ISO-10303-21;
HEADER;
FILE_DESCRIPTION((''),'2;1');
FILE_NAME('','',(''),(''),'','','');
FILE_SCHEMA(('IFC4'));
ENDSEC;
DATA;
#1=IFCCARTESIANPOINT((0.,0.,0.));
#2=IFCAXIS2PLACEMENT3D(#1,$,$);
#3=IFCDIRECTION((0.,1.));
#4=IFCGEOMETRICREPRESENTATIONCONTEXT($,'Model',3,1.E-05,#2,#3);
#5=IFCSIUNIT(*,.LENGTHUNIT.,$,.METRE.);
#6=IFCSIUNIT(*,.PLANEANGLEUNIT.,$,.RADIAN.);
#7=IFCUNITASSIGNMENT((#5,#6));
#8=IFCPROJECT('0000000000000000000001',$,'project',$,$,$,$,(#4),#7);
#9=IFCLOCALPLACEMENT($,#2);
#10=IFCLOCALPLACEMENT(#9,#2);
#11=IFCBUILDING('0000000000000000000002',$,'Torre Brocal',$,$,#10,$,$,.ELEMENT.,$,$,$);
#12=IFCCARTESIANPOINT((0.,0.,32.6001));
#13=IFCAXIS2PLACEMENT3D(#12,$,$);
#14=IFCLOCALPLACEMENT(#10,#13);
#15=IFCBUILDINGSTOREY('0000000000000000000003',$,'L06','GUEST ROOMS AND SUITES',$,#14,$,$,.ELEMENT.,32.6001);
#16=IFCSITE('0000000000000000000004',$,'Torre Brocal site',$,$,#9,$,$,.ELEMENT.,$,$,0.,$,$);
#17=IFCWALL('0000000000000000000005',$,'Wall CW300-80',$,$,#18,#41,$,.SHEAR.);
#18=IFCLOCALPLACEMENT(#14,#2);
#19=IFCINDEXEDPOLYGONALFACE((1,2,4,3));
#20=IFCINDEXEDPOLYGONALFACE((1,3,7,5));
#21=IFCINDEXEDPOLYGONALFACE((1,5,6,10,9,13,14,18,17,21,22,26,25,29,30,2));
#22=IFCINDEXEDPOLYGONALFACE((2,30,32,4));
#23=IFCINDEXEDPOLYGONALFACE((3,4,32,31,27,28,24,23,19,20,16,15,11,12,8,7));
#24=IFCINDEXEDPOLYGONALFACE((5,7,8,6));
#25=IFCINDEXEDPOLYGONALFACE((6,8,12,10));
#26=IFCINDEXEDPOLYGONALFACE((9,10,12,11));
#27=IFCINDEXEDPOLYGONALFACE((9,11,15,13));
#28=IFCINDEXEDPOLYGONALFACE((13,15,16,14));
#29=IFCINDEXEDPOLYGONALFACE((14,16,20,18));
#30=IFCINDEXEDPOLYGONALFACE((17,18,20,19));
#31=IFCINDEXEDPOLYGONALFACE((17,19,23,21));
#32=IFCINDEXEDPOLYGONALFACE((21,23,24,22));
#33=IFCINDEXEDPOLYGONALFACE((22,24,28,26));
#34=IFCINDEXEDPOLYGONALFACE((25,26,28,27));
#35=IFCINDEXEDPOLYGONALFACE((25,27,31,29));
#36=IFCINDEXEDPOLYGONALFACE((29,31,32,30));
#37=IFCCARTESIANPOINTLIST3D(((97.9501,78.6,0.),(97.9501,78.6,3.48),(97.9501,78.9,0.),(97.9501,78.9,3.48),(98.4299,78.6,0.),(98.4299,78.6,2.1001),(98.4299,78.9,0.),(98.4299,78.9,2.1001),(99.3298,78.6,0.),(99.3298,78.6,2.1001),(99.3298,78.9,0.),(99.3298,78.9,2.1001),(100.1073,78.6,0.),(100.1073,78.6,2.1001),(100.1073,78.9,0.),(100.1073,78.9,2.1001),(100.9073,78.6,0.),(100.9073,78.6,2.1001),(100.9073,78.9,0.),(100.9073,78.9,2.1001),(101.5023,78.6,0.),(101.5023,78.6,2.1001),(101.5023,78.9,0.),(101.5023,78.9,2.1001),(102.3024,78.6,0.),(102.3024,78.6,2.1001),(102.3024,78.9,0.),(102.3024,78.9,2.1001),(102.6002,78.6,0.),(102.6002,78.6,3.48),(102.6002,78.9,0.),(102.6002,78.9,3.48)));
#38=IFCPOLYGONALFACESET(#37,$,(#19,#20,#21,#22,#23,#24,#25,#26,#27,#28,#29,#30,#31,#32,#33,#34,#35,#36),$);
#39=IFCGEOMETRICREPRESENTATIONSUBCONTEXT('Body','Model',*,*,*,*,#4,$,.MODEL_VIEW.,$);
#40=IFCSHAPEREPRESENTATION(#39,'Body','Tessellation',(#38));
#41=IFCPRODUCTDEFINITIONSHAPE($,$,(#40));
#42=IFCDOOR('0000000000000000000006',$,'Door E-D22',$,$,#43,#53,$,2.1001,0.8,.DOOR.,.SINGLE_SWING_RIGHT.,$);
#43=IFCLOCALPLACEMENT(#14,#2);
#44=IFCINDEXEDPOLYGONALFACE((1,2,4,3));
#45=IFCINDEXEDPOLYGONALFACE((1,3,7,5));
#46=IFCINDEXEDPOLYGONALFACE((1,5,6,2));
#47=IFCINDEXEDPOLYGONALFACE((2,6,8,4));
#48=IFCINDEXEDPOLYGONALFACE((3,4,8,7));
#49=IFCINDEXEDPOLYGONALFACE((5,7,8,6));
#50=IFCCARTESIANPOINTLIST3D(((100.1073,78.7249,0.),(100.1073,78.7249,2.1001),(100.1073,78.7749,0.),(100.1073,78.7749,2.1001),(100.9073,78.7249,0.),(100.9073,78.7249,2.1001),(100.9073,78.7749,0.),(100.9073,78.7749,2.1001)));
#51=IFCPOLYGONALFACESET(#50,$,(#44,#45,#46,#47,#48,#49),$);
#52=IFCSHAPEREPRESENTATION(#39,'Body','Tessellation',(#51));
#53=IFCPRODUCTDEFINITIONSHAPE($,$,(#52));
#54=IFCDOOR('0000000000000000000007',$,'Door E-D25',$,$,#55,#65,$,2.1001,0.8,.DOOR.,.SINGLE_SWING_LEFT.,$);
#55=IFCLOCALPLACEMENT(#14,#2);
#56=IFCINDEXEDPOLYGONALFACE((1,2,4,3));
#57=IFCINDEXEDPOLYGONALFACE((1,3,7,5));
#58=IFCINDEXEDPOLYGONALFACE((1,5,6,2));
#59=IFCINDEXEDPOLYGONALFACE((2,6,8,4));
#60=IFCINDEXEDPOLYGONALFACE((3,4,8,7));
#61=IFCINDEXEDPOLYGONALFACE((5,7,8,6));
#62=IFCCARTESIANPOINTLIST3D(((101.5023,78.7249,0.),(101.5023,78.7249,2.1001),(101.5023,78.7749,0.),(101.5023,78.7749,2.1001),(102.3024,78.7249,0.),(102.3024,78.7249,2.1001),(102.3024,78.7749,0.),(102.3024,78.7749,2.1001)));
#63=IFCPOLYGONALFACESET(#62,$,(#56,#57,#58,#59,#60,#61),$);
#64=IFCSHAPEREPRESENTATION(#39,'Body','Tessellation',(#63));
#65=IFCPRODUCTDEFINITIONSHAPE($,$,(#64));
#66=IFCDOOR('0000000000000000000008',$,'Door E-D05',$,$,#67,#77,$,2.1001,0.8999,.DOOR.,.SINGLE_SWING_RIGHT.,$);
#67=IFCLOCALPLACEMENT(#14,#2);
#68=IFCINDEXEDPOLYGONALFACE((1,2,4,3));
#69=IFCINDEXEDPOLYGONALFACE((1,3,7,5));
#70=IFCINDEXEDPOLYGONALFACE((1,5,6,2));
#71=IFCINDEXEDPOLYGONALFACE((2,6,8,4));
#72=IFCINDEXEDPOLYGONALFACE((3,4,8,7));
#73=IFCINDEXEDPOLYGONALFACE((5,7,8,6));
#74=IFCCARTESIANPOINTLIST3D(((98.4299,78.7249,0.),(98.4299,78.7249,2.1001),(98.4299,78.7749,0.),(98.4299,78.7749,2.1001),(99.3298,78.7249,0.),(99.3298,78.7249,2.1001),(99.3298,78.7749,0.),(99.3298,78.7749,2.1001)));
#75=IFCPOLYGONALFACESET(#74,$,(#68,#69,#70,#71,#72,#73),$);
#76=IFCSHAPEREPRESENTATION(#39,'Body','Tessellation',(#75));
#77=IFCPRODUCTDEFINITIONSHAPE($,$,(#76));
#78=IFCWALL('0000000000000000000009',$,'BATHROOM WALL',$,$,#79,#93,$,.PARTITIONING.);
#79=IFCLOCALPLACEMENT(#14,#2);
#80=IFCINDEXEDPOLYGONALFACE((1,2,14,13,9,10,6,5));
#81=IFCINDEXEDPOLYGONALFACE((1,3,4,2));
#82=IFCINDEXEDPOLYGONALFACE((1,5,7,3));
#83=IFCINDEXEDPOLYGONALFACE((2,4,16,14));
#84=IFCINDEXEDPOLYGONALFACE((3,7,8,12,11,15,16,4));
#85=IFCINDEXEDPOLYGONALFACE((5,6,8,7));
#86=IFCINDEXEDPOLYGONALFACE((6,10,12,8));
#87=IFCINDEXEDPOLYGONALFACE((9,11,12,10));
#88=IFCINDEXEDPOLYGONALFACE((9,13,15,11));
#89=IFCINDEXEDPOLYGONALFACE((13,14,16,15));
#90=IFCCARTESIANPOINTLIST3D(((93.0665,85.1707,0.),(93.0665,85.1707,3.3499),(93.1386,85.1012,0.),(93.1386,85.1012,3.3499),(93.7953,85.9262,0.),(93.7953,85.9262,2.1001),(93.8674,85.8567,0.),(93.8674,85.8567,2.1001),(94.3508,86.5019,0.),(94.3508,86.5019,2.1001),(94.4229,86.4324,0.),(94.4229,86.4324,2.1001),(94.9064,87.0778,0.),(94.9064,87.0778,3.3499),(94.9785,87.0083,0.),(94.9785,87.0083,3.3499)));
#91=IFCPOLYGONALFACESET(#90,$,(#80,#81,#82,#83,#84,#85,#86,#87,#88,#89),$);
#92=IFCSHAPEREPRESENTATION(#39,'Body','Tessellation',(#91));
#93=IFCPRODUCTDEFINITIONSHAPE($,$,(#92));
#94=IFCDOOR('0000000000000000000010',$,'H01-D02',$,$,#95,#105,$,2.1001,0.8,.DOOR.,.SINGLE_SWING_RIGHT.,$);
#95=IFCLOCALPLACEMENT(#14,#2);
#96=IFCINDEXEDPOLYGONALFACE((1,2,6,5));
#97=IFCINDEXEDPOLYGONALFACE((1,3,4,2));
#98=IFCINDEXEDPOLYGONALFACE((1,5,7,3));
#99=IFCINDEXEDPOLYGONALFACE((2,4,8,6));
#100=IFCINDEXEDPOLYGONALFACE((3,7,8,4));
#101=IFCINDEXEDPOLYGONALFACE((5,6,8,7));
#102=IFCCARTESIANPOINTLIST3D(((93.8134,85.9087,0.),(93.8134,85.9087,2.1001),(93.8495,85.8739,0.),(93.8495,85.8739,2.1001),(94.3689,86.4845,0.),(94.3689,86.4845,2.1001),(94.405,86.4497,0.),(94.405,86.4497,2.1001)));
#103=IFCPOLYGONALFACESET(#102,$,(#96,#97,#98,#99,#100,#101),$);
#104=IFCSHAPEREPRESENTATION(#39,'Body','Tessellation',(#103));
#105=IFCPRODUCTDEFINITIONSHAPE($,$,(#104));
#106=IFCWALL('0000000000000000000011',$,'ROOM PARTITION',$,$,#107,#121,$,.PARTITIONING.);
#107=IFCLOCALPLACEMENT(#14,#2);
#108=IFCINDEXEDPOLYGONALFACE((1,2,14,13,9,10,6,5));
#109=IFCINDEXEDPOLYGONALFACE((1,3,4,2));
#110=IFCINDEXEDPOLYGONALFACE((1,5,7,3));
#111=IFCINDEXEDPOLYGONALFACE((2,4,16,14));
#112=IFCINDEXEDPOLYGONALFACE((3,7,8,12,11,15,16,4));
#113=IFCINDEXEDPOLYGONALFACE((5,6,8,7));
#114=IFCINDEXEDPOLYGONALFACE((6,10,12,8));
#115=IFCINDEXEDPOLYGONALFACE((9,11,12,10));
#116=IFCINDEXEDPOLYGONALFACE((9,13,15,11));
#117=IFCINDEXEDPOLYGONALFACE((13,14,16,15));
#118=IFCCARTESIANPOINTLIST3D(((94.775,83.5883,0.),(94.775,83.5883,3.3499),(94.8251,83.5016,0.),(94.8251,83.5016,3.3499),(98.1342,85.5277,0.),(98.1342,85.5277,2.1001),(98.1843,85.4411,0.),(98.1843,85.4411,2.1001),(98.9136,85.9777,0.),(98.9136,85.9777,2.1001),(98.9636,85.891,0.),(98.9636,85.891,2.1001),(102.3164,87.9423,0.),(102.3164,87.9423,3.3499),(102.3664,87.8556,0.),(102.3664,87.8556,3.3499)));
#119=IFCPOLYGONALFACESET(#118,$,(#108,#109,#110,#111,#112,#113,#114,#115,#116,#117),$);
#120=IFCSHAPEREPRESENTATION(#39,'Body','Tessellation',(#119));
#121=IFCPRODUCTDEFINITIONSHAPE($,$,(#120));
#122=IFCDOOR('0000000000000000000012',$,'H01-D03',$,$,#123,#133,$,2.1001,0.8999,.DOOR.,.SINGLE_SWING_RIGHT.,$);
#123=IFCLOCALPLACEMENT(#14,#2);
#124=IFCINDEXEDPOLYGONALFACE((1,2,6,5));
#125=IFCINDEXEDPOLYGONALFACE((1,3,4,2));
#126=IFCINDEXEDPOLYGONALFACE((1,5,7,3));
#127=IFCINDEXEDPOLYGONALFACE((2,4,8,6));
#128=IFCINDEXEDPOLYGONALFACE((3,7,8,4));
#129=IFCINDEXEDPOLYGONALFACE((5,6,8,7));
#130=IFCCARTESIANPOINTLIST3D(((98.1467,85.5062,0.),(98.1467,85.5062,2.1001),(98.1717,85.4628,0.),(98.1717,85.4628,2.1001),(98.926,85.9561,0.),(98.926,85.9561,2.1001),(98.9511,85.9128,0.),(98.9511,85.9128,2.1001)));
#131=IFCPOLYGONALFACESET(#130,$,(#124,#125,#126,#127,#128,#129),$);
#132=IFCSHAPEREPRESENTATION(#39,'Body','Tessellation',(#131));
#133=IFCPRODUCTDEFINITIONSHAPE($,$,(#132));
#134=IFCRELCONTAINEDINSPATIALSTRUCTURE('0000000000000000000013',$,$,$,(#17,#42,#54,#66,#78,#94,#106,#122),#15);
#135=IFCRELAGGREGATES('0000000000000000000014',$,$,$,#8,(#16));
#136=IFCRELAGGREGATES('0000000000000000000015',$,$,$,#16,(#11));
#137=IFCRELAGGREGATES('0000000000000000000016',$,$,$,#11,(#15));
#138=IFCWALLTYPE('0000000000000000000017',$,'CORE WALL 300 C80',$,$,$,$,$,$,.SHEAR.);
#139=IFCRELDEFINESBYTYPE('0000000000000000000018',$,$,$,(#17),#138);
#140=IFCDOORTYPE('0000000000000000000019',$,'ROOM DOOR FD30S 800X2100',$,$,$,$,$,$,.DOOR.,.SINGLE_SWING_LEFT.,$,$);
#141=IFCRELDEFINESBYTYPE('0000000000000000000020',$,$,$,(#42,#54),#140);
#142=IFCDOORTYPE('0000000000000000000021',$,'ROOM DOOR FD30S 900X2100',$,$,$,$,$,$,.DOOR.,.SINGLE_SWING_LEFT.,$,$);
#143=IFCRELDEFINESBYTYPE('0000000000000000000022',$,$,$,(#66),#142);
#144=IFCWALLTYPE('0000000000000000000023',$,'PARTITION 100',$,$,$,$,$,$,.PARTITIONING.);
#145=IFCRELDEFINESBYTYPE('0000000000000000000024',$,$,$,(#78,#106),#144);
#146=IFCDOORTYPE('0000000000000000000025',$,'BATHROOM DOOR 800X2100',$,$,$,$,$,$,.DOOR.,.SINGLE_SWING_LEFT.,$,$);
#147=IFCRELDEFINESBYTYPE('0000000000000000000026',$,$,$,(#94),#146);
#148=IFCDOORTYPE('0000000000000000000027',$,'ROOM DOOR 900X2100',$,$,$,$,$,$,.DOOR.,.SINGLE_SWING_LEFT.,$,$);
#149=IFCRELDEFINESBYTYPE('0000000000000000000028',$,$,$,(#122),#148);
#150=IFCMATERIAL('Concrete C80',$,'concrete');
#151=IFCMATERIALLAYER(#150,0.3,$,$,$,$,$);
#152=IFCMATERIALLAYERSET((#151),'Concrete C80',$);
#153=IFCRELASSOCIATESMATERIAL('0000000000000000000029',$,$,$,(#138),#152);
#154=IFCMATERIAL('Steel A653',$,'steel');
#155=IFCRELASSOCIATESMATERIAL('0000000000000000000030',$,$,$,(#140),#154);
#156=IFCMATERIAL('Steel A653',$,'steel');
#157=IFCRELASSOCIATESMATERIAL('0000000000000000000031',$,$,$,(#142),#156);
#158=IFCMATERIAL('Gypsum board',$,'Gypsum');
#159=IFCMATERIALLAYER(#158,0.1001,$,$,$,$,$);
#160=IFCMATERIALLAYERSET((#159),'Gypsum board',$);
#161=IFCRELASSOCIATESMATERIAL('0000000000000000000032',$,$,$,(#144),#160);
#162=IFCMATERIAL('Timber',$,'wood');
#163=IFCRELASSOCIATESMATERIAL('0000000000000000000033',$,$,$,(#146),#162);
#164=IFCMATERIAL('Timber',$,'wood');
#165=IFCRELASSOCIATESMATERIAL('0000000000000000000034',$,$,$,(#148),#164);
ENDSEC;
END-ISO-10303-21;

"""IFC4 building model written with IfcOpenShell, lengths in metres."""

from ifc_helpers import new_model, si_unit, direction, frame, frame_2d, origin, place, context, subcontext, project, spatial, rectangle, extrude, material, layer, layer_set, type_object, element, fill, save


model = new_model("IFC4")

# Units and contexts
model_context = context("Model", 3, precision=1e-05, world=origin(), true_north=direction((0.0, 1.0)))
body_context = subcontext(model_context, "Body", "Model", "MODEL_VIEW")
ifc_project = project(units=[si_unit("LENGTHUNIT", "METRE"), si_unit("PLANEANGLEUNIT", "RADIAN")], contexts=[model_context])

# Site, building, storey
site_placement = place(None, origin())
site = spatial("IfcSite", under=ifc_project, at=site_placement, Name="Torre Brocal site", CompositionType="ELEMENT", RefElevation=0.0)
building_placement = place(site_placement, origin())
building = spatial("IfcBuilding", under=site, at=building_placement, Name="Torre Brocal", CompositionType="ELEMENT")
storey_placement = place(building_placement, frame((0.0, 0.0, 32.6001)))
storey = spatial("IfcBuildingStorey", under=building, at=storey_placement, Name="L06", Description="GUEST ROOMS AND SUITES", CompositionType="ELEMENT", Elevation=32.6001)

# Shared definitions
ifc_material_1 = material(Name="Concrete C80", Category="concrete")
ifc_layer_1 = layer(ifc_material_1, 0.3)
ifc_layer_set_1 = layer_set([ifc_layer_1], Name="Concrete C80")
wall_type_1 = type_object("IfcWallType", Name="CORE WALL 300 C80", PredefinedType="SHEAR", material=ifc_layer_set_1)

# Wall, openings, doors
wall_1_placement = place(storey_placement, frame((97.95, 78.75, 0.0), z_axis=(0.0, 0.0, 1.0), x_axis=(1.0, 0.0, 0.0)))
wall_1 = element("IfcWall", 1, at=wall_1_placement, inside=storey, type_object=wall_type_1, Name="Wall CW300-80", PredefinedType="SHEAR", context=body_context, shape_type="SweptSolid", body=[
    extrude(rectangle(XDim=4.6501, YDim=0.3, at=frame_2d((2.3252, 0.0))), origin(), (0.0, 0.0, 1.0), 3.48),
])
opening_1_placement = place(wall_1_placement, frame((0.48, 0.0, 0.0)))
opening_1 = element("IfcOpeningElement", 2, at=opening_1_placement, cuts=wall_1, PredefinedType="OPENING", context=body_context, shape_type="SweptSolid", body=[
    extrude(rectangle(XDim=0.8999, YDim=2.1001, at=frame_2d((0.45, 1.05))), frame((0.0, 0.1599, 0.0), z_axis=(0.0, -1.0, 0.0), x_axis=(1.0, 0.0, 0.0)), (0.0, 0.0, 1.0), 0.3201),
])
opening_2_placement = place(wall_1_placement, frame((2.1575, 0.0, 0.0)))
opening_2 = element("IfcOpeningElement", 3, at=opening_2_placement, cuts=wall_1, PredefinedType="OPENING", context=body_context, shape_type="SweptSolid", body=[
    extrude(rectangle(XDim=0.8, YDim=2.1001, at=frame_2d((0.3999, 1.05))), frame((0.0, 0.1599, 0.0), z_axis=(0.0, -1.0, 0.0), x_axis=(1.0, 0.0, 0.0)), (0.0, 0.0, 1.0), 0.3201),
])
opening_3_placement = place(wall_1_placement, frame((3.5525, 0.0, 0.0)))
opening_3 = element("IfcOpeningElement", 4, at=opening_3_placement, cuts=wall_1, PredefinedType="OPENING", context=body_context, shape_type="SweptSolid", body=[
    extrude(rectangle(XDim=0.8, YDim=2.1001, at=frame_2d((0.3999, 1.05))), frame((0.0, 0.1599, 0.0), z_axis=(0.0, -1.0, 0.0), x_axis=(1.0, 0.0, 0.0)), (0.0, 0.0, 1.0), 0.3201),
])
ifc_material_2 = material(Name="Steel A653", Category="steel")
door_type_1 = type_object("IfcDoorType", Name="ROOM DOOR FD30S 800X2100", OperationType="SINGLE_SWING_LEFT", PredefinedType="DOOR", material=ifc_material_2)
door_1_placement = place(opening_2_placement, origin())
door_1 = element("IfcDoor", 5, at=door_1_placement, inside=storey, type_object=door_type_1, Name="Door E-D22", OperationType="SINGLE_SWING_RIGHT", OverallHeight=2.1001, OverallWidth=0.8, PredefinedType="DOOR", context=body_context, shape_type="SweptSolid", body=[
    extrude(rectangle(XDim=0.8, YDim=2.1001, at=frame_2d((0.3999, 1.05))), frame((0.0, 0.0249, 0.0), z_axis=(0.0, -1.0, 0.0), x_axis=(1.0, 0.0, 0.0)), (0.0, 0.0, 1.0), 0.05),
])
fill(opening_2, door_1)
door_2_placement = place(opening_3_placement, origin())
door_2 = element("IfcDoor", 6, at=door_2_placement, inside=storey, type_object=door_type_1, Name="Door E-D25", OperationType="SINGLE_SWING_LEFT", OverallHeight=2.1001, OverallWidth=0.8, PredefinedType="DOOR", context=body_context, shape_type="SweptSolid", body=[
    extrude(rectangle(XDim=0.8, YDim=2.1001, at=frame_2d((0.3999, 1.05))), frame((0.0, 0.0249, 0.0), z_axis=(0.0, -1.0, 0.0), x_axis=(1.0, 0.0, 0.0)), (0.0, 0.0, 1.0), 0.05),
])
fill(opening_3, door_2)
ifc_material_3 = material(Name="Steel A653", Category="steel")
door_type_2 = type_object("IfcDoorType", Name="ROOM DOOR FD30S 900X2100", OperationType="SINGLE_SWING_LEFT", PredefinedType="DOOR", material=ifc_material_3)
door_3_placement = place(opening_1_placement, origin())
door_3 = element("IfcDoor", 7, at=door_3_placement, inside=storey, type_object=door_type_2, Name="Door E-D05", OperationType="SINGLE_SWING_RIGHT", OverallHeight=2.1001, OverallWidth=0.8999, PredefinedType="DOOR", context=body_context, shape_type="SweptSolid", body=[
    extrude(rectangle(XDim=0.8999, YDim=2.1001, at=frame_2d((0.45, 1.05))), frame((0.0, 0.0249, 0.0), z_axis=(0.0, -1.0, 0.0), x_axis=(1.0, 0.0, 0.0)), (0.0, 0.0, 1.0), 0.05),
])
fill(opening_1, door_3)

# Walls, openings, doors
ifc_material_4 = material(Name="Gypsum board", Category="Gypsum")
ifc_layer_2 = layer(ifc_material_4, 0.1001)
ifc_layer_set_2 = layer_set([ifc_layer_2], Name="Gypsum board")
wall_type_2 = type_object("IfcWallType", Name="PARTITION 100", PredefinedType="PARTITIONING", material=ifc_layer_set_2)
wall_2_placement = place(storey_placement, frame((93.1025, 85.136, 0.0), z_axis=(0.0, 0.0, 1.0), x_axis=(0.694325, 0.719662, 0.0)))
wall_2 = element("IfcWall", 8, at=wall_2_placement, inside=storey, type_object=wall_type_2, Name="BATHROOM WALL", PredefinedType="PARTITIONING", context=body_context, shape_type="SweptSolid", body=[
    extrude(rectangle(XDim=2.6499, YDim=0.1001, at=frame_2d((1.325, 0.0))), origin(), (0.0, 0.0, 1.0), 3.3499),
])
opening_4_placement = place(wall_2_placement, frame((1.0498, 0.0, 0.0)))
opening_4 = element("IfcOpeningElement", 9, at=opening_4_placement, cuts=wall_2, PredefinedType="OPENING", context=body_context, shape_type="SweptSolid", body=[
    extrude(rectangle(XDim=0.8, YDim=2.1001, at=frame_2d((0.3999, 1.05))), frame((0.0, 0.0601, 0.0), z_axis=(0.0, -1.0, 0.0), x_axis=(1.0, 0.0, 0.0)), (0.0, 0.0, 1.0), 0.1201),
])
ifc_material_5 = material(Name="Timber", Category="wood")
door_type_3 = type_object("IfcDoorType", Name="BATHROOM DOOR 800X2100", OperationType="SINGLE_SWING_LEFT", PredefinedType="DOOR", material=ifc_material_5)
door_4_placement = place(opening_4_placement, origin())
door_4 = element("IfcDoor", 10, at=door_4_placement, inside=storey, type_object=door_type_3, Name="H01-D02", OperationType="SINGLE_SWING_RIGHT", OverallHeight=2.1001, OverallWidth=0.8, PredefinedType="DOOR", context=body_context, shape_type="SweptSolid", body=[
    extrude(rectangle(XDim=0.8, YDim=2.1001, at=frame_2d((0.3999, 1.05))), frame((0.0, 0.0249, 0.0), z_axis=(0.0, -1.0, 0.0), x_axis=(1.0, 0.0, 0.0)), (0.0, 0.0, 1.0), 0.05),
])
fill(opening_4, door_4)
wall_3_placement = place(storey_placement, frame((94.8, 83.5449, 0.0), z_axis=(0.0, 0.0, 1.0), x_axis=(0.866023, 0.500005, 0.0)))
wall_3 = element("IfcWall", 11, at=wall_3_placement, inside=storey, type_object=wall_type_2, Name="ROOM PARTITION", PredefinedType="PARTITIONING", context=body_context, shape_type="SweptSolid", body=[
    extrude(rectangle(XDim=8.708, YDim=0.1001, at=frame_2d((4.354, 0.0))), origin(), (0.0, 0.0, 1.0), 3.3499),
])
opening_5_placement = place(wall_3_placement, frame((3.8789, 0.0, 0.0)))
opening_5 = element("IfcOpeningElement", 12, at=opening_5_placement, cuts=wall_3, PredefinedType="OPENING", context=body_context, shape_type="SweptSolid", body=[
    extrude(rectangle(XDim=0.8999, YDim=2.1001, at=frame_2d((0.45, 1.05))), frame((0.0, 0.0601, 0.0), z_axis=(0.0, -1.0, 0.0), x_axis=(1.0, 0.0, 0.0)), (0.0, 0.0, 1.0), 0.1201),
])
ifc_material_6 = material(Name="Timber", Category="wood")
door_type_4 = type_object("IfcDoorType", Name="ROOM DOOR 900X2100", OperationType="SINGLE_SWING_LEFT", PredefinedType="DOOR", material=ifc_material_6)
door_5_placement = place(opening_5_placement, frame((0.8999, 0.0, 0.0), z_axis=(0.0, 0.0, 1.0), x_axis=(-1.0, 0.0, 0.0)))
door_5 = element("IfcDoor", 13, at=door_5_placement, inside=storey, type_object=door_type_4, Name="H01-D03", OperationType="SINGLE_SWING_RIGHT", OverallHeight=2.1001, OverallWidth=0.8999, PredefinedType="DOOR", context=body_context, shape_type="SweptSolid", body=[
    extrude(rectangle(XDim=0.8999, YDim=2.1001, at=frame_2d((0.45, 1.05))), frame((0.0, 0.0249, 0.0), z_axis=(0.0, -1.0, 0.0), x_axis=(1.0, 0.0, 0.0)), (0.0, 0.0, 1.0), 0.05),
])
fill(opening_5, door_5)

save(model, "model.ifc")
